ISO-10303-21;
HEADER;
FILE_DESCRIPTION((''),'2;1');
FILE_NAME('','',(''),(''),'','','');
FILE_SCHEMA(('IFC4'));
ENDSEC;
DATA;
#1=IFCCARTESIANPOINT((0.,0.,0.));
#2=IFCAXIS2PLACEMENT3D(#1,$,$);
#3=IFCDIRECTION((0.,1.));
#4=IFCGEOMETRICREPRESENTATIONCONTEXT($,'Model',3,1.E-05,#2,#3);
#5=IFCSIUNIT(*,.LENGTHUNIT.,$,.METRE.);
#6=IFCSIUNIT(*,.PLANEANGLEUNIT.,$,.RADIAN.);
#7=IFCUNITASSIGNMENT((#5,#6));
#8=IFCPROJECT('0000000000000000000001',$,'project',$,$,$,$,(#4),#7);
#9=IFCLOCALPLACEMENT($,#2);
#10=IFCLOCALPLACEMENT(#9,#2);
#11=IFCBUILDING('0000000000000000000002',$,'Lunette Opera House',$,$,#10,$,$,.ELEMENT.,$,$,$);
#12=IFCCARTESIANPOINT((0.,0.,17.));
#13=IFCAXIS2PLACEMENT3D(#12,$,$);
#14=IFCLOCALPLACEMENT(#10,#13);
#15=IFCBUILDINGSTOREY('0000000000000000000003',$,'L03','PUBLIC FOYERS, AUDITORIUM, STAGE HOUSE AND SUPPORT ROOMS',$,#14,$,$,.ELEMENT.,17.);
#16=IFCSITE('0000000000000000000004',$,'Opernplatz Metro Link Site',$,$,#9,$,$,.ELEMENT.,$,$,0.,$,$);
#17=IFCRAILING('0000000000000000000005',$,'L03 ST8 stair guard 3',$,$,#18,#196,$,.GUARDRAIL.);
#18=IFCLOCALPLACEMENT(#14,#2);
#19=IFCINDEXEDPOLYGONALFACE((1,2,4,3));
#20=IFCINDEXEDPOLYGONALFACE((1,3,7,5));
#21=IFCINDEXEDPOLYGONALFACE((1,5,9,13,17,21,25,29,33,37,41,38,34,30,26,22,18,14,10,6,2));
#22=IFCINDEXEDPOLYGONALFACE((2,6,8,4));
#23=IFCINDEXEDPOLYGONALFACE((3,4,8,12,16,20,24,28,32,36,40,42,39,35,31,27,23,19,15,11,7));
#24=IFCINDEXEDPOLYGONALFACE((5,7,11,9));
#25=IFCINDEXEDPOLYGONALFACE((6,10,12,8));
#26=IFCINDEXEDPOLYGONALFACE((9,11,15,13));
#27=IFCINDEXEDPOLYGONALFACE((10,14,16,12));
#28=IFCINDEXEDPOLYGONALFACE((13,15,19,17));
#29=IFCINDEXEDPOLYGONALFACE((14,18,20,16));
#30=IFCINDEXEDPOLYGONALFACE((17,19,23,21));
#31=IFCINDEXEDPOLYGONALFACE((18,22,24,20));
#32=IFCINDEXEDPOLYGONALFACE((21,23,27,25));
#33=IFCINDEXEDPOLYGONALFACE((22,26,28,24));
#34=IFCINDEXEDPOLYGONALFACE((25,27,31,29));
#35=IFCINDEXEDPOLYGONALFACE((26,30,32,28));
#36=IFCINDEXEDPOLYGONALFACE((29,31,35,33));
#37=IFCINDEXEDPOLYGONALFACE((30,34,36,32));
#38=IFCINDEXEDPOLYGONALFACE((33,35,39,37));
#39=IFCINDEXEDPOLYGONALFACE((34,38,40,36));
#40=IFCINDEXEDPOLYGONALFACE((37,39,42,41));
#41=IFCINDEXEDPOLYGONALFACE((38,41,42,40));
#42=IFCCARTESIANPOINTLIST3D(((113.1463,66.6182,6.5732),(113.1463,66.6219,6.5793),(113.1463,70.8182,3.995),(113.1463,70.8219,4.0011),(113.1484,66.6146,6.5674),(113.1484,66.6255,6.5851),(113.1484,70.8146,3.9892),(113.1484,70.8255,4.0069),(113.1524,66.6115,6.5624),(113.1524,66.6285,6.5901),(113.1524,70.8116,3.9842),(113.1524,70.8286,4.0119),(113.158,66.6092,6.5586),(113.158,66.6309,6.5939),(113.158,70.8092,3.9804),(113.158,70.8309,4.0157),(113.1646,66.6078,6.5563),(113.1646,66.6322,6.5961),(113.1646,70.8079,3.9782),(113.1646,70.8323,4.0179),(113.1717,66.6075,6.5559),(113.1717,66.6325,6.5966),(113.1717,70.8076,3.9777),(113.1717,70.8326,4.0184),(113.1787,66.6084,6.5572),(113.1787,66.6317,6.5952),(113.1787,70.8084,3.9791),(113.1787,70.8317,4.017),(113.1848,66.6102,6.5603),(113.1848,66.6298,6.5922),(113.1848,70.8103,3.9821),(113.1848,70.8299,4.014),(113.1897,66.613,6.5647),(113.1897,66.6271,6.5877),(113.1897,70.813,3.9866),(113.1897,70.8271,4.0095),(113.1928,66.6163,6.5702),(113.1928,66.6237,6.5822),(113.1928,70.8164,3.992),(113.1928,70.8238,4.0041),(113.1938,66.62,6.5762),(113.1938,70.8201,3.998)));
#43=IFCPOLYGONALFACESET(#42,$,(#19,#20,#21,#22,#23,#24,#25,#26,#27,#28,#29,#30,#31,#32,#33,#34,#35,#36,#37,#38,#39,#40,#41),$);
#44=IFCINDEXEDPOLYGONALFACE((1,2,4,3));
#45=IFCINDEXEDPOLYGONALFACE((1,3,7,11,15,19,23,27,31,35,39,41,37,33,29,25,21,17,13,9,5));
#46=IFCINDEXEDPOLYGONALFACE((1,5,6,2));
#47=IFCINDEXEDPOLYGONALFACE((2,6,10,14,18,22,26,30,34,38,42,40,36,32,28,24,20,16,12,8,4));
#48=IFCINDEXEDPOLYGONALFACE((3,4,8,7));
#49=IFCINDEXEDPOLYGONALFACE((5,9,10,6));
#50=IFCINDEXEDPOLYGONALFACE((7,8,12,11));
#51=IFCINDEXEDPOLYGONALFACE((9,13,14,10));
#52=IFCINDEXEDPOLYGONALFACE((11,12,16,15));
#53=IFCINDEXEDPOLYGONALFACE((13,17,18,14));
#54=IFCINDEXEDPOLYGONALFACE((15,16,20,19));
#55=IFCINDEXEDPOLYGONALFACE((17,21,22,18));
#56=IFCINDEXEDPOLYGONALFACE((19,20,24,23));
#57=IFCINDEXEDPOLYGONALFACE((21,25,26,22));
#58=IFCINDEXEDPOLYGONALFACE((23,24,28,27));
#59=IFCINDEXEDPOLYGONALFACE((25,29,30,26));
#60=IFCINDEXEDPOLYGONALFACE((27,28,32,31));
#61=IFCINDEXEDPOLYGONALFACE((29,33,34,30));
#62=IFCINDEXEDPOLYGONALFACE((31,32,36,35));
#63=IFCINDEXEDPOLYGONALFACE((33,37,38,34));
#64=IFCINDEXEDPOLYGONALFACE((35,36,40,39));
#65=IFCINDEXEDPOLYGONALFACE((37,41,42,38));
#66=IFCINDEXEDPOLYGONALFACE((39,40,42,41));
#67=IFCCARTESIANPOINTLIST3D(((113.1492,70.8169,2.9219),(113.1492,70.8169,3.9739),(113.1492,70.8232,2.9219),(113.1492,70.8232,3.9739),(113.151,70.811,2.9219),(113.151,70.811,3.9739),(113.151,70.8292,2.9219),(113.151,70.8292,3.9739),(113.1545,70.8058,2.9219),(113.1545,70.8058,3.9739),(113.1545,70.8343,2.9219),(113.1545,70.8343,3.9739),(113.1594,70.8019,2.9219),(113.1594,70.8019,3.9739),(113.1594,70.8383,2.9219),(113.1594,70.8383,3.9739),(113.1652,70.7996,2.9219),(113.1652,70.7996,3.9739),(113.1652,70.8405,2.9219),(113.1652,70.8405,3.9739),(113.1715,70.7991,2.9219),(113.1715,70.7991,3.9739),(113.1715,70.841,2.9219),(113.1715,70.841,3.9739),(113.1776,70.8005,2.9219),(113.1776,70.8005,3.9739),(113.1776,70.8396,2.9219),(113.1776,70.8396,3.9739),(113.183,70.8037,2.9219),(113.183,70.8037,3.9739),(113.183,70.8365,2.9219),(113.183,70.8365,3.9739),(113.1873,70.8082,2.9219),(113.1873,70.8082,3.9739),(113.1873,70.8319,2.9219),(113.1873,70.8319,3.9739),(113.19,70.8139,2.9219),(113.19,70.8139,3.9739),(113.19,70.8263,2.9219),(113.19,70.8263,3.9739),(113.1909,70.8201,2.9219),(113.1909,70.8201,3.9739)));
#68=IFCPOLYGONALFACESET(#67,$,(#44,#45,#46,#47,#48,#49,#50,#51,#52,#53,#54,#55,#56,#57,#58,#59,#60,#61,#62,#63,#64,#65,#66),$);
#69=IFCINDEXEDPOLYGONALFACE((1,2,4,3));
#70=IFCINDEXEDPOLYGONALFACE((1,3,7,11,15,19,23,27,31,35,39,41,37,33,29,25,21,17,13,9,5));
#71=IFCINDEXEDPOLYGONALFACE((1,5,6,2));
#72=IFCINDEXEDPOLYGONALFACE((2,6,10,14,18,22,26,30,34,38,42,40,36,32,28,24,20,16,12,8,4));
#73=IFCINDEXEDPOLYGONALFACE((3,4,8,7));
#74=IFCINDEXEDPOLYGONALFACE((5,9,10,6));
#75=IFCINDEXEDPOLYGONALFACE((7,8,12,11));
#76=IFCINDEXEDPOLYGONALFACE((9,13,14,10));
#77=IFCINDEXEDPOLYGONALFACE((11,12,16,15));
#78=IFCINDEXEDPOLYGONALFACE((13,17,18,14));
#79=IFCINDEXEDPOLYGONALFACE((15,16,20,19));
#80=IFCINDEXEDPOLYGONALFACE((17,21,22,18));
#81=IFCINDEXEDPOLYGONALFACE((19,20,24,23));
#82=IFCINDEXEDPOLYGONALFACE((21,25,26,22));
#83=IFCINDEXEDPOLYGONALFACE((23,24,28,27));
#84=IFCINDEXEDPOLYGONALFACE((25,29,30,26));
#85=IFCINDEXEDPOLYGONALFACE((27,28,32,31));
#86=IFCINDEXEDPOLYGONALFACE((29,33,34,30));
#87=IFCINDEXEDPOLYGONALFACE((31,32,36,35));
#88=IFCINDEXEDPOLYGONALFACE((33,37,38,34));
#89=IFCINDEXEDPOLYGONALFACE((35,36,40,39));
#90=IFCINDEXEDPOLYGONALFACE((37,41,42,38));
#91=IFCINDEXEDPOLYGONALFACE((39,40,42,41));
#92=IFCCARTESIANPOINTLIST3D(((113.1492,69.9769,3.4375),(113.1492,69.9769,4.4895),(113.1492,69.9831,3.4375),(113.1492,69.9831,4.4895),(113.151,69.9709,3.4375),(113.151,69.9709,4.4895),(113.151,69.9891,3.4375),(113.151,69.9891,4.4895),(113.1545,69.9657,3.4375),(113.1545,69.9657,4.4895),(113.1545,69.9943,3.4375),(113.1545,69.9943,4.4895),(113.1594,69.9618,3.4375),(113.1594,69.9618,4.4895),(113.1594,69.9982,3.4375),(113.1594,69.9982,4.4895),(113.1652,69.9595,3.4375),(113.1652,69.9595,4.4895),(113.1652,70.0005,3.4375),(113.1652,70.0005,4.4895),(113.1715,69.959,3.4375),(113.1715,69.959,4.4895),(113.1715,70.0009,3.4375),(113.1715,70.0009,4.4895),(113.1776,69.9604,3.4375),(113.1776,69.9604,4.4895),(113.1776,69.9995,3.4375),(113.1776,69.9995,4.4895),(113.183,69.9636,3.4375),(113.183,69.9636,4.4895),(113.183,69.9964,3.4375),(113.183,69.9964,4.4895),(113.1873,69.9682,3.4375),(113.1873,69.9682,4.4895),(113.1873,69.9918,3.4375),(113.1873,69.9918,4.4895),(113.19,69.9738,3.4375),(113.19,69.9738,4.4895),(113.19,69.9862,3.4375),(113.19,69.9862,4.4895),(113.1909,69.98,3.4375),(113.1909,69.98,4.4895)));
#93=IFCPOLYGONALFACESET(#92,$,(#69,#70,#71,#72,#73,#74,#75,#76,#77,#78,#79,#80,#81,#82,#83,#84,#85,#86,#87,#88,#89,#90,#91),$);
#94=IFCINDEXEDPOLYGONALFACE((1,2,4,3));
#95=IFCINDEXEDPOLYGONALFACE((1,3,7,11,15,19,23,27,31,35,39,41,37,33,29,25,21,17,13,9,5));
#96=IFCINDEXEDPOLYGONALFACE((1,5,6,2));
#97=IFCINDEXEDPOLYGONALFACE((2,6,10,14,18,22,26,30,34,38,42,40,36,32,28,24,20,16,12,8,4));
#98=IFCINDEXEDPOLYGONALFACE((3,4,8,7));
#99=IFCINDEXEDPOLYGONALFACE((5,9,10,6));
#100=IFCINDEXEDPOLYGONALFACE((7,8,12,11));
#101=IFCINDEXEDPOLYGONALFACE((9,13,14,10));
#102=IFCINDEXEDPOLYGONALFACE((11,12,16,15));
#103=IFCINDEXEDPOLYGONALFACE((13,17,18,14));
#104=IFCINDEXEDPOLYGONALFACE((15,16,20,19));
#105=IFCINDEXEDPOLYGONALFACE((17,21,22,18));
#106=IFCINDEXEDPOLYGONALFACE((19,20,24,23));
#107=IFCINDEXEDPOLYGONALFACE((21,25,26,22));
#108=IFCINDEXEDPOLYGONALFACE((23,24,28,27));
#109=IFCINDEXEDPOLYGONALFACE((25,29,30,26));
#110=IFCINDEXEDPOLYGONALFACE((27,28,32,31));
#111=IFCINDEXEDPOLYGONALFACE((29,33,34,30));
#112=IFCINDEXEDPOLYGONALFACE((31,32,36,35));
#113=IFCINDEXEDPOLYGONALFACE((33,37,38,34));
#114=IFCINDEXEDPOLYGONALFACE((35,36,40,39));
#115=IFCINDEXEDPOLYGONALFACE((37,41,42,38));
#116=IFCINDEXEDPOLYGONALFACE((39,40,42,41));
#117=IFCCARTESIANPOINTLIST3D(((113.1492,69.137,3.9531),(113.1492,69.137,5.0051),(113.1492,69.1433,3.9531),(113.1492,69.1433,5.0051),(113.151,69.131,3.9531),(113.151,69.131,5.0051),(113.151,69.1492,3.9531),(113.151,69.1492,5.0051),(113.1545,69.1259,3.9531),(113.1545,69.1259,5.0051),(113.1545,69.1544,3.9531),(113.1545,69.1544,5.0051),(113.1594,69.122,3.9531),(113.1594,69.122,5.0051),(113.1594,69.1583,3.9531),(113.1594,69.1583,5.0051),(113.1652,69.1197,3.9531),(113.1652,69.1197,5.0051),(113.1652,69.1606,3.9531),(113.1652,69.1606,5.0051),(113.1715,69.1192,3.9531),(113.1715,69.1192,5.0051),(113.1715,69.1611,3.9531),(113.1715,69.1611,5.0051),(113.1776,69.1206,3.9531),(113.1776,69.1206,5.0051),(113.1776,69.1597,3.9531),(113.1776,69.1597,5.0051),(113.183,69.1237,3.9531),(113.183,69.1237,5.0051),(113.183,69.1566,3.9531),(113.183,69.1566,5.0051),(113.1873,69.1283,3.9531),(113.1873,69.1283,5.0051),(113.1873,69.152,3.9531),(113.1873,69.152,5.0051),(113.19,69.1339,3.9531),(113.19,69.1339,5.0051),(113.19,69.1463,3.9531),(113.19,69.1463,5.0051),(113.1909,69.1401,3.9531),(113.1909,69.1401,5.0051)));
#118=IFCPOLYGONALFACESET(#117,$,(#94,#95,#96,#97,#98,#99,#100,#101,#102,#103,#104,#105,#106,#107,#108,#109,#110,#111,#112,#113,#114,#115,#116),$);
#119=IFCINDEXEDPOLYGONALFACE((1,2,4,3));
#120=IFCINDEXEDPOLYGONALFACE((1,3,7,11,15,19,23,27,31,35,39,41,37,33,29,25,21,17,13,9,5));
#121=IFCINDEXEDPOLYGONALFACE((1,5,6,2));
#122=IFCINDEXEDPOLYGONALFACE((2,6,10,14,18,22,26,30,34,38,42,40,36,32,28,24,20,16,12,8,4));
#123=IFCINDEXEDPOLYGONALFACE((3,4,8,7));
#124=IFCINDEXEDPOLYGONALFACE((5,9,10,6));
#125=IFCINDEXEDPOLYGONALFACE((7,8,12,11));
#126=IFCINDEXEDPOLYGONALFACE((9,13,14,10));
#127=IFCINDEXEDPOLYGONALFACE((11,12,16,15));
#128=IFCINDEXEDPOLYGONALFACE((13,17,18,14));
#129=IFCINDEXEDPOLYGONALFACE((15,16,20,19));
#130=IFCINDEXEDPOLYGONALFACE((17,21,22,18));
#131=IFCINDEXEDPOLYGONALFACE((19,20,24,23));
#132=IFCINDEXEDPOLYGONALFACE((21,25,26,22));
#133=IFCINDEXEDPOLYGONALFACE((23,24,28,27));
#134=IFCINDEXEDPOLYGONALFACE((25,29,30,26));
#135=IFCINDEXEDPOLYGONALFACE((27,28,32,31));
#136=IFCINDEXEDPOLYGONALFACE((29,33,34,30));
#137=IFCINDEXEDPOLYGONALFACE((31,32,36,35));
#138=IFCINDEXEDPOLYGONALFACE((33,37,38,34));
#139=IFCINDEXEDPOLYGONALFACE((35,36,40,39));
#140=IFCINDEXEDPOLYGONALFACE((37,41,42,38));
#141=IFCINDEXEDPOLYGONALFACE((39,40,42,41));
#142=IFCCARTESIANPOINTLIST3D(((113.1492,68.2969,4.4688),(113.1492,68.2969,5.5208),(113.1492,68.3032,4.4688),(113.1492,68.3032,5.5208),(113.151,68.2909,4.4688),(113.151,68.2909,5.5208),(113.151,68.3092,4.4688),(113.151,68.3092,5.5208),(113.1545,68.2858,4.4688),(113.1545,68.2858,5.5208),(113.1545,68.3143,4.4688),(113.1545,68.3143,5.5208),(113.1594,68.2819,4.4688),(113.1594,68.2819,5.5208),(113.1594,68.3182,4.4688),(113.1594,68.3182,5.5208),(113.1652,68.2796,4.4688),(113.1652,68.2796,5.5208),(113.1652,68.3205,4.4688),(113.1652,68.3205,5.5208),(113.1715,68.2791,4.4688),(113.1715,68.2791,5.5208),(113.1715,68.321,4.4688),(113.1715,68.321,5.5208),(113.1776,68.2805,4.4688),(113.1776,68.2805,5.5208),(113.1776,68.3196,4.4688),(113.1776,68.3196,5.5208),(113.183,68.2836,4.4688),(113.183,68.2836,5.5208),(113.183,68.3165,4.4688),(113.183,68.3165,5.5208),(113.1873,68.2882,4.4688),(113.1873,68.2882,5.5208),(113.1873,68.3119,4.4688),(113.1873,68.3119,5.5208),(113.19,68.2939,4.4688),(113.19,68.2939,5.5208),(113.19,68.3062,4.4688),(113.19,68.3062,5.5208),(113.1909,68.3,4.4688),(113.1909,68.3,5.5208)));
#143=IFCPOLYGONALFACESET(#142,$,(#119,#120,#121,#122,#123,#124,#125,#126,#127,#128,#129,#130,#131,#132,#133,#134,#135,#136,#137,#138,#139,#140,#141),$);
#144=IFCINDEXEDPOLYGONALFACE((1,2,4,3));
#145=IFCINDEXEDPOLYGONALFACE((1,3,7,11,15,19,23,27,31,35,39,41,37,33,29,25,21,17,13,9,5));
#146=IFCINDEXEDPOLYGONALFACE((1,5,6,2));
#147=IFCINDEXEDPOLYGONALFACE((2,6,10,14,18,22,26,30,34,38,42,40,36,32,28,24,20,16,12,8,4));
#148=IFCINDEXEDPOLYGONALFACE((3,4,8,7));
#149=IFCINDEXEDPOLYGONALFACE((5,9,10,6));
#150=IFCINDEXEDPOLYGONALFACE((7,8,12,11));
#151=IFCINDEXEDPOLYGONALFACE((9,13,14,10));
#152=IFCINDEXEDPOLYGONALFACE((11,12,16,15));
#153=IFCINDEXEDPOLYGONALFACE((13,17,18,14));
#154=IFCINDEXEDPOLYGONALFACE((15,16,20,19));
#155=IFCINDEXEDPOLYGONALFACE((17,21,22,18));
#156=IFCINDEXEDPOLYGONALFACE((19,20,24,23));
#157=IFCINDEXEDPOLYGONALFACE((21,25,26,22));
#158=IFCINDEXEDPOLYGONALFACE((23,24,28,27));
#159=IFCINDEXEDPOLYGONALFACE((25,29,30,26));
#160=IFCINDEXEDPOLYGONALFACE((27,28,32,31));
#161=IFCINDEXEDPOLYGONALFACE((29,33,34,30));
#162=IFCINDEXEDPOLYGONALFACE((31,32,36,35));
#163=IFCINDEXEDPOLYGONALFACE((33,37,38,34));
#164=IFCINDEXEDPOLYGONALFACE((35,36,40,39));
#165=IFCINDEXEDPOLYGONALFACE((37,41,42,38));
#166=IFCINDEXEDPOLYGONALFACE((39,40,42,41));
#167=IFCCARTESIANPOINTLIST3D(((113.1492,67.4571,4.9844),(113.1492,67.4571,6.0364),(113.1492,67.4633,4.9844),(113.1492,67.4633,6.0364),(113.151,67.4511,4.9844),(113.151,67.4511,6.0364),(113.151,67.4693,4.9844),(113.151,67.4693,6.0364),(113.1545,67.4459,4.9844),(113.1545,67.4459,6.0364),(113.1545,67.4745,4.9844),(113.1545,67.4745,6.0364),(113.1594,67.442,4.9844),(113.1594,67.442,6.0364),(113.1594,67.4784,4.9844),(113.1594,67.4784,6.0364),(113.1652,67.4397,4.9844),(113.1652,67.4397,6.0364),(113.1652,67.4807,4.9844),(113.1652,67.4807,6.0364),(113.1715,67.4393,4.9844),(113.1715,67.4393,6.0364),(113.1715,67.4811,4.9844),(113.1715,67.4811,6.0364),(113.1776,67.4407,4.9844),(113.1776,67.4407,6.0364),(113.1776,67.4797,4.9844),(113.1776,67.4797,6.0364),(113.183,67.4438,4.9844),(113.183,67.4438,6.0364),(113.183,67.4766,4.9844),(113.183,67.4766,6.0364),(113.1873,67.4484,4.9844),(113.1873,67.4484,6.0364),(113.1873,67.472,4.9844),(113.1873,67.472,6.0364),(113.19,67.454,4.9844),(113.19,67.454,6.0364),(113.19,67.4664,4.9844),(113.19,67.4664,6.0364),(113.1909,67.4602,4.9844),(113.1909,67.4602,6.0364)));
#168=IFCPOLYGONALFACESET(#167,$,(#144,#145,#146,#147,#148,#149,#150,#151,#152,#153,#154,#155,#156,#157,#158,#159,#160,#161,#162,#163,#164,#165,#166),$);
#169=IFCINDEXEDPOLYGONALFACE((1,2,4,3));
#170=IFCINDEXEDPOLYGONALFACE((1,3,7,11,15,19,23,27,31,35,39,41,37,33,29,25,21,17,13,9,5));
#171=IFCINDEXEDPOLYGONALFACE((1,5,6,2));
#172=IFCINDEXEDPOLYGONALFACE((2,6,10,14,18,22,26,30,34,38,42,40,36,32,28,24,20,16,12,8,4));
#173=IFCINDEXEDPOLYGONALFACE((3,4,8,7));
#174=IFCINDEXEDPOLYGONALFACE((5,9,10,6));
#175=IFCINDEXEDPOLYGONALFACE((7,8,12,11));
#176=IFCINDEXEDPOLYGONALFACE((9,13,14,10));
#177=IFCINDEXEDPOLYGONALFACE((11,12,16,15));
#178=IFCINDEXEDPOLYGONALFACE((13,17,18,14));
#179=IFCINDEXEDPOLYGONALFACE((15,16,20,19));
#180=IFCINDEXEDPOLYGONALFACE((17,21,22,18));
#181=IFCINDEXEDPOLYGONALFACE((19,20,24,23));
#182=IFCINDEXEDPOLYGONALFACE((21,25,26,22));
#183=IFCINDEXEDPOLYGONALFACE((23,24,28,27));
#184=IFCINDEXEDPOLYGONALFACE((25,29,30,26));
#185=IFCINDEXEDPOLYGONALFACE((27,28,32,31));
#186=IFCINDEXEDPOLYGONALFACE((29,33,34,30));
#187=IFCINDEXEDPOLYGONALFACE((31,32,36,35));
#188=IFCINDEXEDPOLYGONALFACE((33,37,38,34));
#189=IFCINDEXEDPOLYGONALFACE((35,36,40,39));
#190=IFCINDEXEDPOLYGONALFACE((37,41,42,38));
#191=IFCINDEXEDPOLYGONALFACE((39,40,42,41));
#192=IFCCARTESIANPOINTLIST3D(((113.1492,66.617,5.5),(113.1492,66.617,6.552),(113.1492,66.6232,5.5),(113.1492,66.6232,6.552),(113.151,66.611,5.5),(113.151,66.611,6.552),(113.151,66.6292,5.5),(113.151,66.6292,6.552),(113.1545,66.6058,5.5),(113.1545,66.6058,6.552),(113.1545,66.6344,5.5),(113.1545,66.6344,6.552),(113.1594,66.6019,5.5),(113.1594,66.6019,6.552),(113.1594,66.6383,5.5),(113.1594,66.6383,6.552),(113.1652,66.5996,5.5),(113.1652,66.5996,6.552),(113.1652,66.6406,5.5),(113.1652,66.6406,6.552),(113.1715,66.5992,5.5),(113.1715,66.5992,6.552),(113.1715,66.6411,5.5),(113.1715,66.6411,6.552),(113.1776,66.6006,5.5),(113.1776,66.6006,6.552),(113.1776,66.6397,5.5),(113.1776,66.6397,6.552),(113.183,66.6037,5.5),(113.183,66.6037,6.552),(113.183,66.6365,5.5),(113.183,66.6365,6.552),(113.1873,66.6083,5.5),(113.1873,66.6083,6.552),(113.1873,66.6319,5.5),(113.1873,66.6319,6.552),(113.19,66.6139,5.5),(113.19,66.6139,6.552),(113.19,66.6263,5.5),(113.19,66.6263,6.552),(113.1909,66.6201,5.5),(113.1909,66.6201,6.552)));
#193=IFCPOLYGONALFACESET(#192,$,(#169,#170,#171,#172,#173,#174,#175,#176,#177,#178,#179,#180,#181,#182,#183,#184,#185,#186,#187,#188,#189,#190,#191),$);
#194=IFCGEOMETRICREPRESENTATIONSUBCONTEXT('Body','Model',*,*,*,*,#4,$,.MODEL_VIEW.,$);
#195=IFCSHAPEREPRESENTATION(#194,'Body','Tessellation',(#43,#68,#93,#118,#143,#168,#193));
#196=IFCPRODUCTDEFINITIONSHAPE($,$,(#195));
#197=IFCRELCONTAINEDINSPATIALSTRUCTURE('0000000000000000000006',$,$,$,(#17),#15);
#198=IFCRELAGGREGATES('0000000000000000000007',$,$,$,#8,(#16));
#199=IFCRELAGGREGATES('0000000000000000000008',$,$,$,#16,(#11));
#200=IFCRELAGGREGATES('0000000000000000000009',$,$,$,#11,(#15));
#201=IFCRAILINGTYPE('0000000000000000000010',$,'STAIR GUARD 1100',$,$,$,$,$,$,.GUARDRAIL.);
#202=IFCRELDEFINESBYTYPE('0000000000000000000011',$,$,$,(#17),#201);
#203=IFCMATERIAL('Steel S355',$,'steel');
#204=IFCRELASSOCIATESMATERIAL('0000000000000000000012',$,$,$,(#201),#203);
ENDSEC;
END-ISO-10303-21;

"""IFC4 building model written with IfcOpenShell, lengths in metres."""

from ifc_helpers import new_model, si_unit, direction, frame, origin, origin_2d, place, context, subcontext, project, spatial, circle, extrude, material, type_object, element, save


model = new_model("IFC4")

# Units and contexts
model_context = context("Model", 3, precision=1e-05, world=origin(), true_north=direction((0.0, 1.0)))
body_context = subcontext(model_context, "Body", "Model", "MODEL_VIEW")
ifc_project = project(units=[si_unit("LENGTHUNIT", "METRE"), si_unit("PLANEANGLEUNIT", "RADIAN")], contexts=[model_context])

# Site, building, storey
site_placement = place(None, origin())
site = spatial("IfcSite", under=ifc_project, at=site_placement, Name="Opernplatz Metro Link Site", CompositionType="ELEMENT", RefElevation=0.0)
building_placement = place(site_placement, origin())
building = spatial("IfcBuilding", under=site, at=building_placement, Name="Lunette Opera House", CompositionType="ELEMENT")
storey_placement = place(building_placement, frame((0.0, 0.0, 17.0)))
storey = spatial("IfcBuildingStorey", under=building, at=storey_placement, Name="L03", Description="PUBLIC FOYERS, AUDITORIUM, STAGE HOUSE AND SUPPORT ROOMS", CompositionType="ELEMENT", Elevation=17.0)

# Railing
ifc_material_1 = material(Name="Steel S355", Category="steel")
railing_type_1 = type_object("IfcRailingType", Name="STAIR GUARD 1100", PredefinedType="GUARDRAIL", material=ifc_material_1)
railing_1_placement = place(storey_placement, frame((113.1699, 70.8201, 2.9219)))
element("IfcRailing", 1, at=railing_1_placement, inside=storey, type_object=railing_type_1, Name="L03 ST8 stair guard 3", PredefinedType="GUARDRAIL", context=body_context, shape_type="SweptSolid", body=[
    extrude(circle(Radius=0.0239, at=origin_2d()), frame((0.0, 0.0, 1.0762), z_axis=(0.0, -0.852243, 0.523146), x_axis=(1.0, 0.0, 0.0)), (0.0, 0.0, 1.0), 4.9282),
    extrude(circle(Radius=0.021, at=origin_2d()), origin(), (0.0, 0.0, 1.0), 1.052),
    extrude(circle(Radius=0.021, at=origin_2d()), frame((0.0, -0.8401, 0.5156)), (0.0, 0.0, 1.0), 1.052),
    extrude(circle(Radius=0.021, at=origin_2d()), frame((0.0, -1.6799, 1.0312)), (0.0, 0.0, 1.0), 1.052),
    extrude(circle(Radius=0.021, at=origin_2d()), frame((0.0, -2.52, 1.5469)), (0.0, 0.0, 1.0), 1.052),
    extrude(circle(Radius=0.021, at=origin_2d()), frame((0.0, -3.3599, 2.0625)), (0.0, 0.0, 1.0), 1.052),
    extrude(circle(Radius=0.021, at=origin_2d()), frame((0.0, -4.2, 2.5781)), (0.0, 0.0, 1.0), 1.052),
])

save(model, "model.ifc")
